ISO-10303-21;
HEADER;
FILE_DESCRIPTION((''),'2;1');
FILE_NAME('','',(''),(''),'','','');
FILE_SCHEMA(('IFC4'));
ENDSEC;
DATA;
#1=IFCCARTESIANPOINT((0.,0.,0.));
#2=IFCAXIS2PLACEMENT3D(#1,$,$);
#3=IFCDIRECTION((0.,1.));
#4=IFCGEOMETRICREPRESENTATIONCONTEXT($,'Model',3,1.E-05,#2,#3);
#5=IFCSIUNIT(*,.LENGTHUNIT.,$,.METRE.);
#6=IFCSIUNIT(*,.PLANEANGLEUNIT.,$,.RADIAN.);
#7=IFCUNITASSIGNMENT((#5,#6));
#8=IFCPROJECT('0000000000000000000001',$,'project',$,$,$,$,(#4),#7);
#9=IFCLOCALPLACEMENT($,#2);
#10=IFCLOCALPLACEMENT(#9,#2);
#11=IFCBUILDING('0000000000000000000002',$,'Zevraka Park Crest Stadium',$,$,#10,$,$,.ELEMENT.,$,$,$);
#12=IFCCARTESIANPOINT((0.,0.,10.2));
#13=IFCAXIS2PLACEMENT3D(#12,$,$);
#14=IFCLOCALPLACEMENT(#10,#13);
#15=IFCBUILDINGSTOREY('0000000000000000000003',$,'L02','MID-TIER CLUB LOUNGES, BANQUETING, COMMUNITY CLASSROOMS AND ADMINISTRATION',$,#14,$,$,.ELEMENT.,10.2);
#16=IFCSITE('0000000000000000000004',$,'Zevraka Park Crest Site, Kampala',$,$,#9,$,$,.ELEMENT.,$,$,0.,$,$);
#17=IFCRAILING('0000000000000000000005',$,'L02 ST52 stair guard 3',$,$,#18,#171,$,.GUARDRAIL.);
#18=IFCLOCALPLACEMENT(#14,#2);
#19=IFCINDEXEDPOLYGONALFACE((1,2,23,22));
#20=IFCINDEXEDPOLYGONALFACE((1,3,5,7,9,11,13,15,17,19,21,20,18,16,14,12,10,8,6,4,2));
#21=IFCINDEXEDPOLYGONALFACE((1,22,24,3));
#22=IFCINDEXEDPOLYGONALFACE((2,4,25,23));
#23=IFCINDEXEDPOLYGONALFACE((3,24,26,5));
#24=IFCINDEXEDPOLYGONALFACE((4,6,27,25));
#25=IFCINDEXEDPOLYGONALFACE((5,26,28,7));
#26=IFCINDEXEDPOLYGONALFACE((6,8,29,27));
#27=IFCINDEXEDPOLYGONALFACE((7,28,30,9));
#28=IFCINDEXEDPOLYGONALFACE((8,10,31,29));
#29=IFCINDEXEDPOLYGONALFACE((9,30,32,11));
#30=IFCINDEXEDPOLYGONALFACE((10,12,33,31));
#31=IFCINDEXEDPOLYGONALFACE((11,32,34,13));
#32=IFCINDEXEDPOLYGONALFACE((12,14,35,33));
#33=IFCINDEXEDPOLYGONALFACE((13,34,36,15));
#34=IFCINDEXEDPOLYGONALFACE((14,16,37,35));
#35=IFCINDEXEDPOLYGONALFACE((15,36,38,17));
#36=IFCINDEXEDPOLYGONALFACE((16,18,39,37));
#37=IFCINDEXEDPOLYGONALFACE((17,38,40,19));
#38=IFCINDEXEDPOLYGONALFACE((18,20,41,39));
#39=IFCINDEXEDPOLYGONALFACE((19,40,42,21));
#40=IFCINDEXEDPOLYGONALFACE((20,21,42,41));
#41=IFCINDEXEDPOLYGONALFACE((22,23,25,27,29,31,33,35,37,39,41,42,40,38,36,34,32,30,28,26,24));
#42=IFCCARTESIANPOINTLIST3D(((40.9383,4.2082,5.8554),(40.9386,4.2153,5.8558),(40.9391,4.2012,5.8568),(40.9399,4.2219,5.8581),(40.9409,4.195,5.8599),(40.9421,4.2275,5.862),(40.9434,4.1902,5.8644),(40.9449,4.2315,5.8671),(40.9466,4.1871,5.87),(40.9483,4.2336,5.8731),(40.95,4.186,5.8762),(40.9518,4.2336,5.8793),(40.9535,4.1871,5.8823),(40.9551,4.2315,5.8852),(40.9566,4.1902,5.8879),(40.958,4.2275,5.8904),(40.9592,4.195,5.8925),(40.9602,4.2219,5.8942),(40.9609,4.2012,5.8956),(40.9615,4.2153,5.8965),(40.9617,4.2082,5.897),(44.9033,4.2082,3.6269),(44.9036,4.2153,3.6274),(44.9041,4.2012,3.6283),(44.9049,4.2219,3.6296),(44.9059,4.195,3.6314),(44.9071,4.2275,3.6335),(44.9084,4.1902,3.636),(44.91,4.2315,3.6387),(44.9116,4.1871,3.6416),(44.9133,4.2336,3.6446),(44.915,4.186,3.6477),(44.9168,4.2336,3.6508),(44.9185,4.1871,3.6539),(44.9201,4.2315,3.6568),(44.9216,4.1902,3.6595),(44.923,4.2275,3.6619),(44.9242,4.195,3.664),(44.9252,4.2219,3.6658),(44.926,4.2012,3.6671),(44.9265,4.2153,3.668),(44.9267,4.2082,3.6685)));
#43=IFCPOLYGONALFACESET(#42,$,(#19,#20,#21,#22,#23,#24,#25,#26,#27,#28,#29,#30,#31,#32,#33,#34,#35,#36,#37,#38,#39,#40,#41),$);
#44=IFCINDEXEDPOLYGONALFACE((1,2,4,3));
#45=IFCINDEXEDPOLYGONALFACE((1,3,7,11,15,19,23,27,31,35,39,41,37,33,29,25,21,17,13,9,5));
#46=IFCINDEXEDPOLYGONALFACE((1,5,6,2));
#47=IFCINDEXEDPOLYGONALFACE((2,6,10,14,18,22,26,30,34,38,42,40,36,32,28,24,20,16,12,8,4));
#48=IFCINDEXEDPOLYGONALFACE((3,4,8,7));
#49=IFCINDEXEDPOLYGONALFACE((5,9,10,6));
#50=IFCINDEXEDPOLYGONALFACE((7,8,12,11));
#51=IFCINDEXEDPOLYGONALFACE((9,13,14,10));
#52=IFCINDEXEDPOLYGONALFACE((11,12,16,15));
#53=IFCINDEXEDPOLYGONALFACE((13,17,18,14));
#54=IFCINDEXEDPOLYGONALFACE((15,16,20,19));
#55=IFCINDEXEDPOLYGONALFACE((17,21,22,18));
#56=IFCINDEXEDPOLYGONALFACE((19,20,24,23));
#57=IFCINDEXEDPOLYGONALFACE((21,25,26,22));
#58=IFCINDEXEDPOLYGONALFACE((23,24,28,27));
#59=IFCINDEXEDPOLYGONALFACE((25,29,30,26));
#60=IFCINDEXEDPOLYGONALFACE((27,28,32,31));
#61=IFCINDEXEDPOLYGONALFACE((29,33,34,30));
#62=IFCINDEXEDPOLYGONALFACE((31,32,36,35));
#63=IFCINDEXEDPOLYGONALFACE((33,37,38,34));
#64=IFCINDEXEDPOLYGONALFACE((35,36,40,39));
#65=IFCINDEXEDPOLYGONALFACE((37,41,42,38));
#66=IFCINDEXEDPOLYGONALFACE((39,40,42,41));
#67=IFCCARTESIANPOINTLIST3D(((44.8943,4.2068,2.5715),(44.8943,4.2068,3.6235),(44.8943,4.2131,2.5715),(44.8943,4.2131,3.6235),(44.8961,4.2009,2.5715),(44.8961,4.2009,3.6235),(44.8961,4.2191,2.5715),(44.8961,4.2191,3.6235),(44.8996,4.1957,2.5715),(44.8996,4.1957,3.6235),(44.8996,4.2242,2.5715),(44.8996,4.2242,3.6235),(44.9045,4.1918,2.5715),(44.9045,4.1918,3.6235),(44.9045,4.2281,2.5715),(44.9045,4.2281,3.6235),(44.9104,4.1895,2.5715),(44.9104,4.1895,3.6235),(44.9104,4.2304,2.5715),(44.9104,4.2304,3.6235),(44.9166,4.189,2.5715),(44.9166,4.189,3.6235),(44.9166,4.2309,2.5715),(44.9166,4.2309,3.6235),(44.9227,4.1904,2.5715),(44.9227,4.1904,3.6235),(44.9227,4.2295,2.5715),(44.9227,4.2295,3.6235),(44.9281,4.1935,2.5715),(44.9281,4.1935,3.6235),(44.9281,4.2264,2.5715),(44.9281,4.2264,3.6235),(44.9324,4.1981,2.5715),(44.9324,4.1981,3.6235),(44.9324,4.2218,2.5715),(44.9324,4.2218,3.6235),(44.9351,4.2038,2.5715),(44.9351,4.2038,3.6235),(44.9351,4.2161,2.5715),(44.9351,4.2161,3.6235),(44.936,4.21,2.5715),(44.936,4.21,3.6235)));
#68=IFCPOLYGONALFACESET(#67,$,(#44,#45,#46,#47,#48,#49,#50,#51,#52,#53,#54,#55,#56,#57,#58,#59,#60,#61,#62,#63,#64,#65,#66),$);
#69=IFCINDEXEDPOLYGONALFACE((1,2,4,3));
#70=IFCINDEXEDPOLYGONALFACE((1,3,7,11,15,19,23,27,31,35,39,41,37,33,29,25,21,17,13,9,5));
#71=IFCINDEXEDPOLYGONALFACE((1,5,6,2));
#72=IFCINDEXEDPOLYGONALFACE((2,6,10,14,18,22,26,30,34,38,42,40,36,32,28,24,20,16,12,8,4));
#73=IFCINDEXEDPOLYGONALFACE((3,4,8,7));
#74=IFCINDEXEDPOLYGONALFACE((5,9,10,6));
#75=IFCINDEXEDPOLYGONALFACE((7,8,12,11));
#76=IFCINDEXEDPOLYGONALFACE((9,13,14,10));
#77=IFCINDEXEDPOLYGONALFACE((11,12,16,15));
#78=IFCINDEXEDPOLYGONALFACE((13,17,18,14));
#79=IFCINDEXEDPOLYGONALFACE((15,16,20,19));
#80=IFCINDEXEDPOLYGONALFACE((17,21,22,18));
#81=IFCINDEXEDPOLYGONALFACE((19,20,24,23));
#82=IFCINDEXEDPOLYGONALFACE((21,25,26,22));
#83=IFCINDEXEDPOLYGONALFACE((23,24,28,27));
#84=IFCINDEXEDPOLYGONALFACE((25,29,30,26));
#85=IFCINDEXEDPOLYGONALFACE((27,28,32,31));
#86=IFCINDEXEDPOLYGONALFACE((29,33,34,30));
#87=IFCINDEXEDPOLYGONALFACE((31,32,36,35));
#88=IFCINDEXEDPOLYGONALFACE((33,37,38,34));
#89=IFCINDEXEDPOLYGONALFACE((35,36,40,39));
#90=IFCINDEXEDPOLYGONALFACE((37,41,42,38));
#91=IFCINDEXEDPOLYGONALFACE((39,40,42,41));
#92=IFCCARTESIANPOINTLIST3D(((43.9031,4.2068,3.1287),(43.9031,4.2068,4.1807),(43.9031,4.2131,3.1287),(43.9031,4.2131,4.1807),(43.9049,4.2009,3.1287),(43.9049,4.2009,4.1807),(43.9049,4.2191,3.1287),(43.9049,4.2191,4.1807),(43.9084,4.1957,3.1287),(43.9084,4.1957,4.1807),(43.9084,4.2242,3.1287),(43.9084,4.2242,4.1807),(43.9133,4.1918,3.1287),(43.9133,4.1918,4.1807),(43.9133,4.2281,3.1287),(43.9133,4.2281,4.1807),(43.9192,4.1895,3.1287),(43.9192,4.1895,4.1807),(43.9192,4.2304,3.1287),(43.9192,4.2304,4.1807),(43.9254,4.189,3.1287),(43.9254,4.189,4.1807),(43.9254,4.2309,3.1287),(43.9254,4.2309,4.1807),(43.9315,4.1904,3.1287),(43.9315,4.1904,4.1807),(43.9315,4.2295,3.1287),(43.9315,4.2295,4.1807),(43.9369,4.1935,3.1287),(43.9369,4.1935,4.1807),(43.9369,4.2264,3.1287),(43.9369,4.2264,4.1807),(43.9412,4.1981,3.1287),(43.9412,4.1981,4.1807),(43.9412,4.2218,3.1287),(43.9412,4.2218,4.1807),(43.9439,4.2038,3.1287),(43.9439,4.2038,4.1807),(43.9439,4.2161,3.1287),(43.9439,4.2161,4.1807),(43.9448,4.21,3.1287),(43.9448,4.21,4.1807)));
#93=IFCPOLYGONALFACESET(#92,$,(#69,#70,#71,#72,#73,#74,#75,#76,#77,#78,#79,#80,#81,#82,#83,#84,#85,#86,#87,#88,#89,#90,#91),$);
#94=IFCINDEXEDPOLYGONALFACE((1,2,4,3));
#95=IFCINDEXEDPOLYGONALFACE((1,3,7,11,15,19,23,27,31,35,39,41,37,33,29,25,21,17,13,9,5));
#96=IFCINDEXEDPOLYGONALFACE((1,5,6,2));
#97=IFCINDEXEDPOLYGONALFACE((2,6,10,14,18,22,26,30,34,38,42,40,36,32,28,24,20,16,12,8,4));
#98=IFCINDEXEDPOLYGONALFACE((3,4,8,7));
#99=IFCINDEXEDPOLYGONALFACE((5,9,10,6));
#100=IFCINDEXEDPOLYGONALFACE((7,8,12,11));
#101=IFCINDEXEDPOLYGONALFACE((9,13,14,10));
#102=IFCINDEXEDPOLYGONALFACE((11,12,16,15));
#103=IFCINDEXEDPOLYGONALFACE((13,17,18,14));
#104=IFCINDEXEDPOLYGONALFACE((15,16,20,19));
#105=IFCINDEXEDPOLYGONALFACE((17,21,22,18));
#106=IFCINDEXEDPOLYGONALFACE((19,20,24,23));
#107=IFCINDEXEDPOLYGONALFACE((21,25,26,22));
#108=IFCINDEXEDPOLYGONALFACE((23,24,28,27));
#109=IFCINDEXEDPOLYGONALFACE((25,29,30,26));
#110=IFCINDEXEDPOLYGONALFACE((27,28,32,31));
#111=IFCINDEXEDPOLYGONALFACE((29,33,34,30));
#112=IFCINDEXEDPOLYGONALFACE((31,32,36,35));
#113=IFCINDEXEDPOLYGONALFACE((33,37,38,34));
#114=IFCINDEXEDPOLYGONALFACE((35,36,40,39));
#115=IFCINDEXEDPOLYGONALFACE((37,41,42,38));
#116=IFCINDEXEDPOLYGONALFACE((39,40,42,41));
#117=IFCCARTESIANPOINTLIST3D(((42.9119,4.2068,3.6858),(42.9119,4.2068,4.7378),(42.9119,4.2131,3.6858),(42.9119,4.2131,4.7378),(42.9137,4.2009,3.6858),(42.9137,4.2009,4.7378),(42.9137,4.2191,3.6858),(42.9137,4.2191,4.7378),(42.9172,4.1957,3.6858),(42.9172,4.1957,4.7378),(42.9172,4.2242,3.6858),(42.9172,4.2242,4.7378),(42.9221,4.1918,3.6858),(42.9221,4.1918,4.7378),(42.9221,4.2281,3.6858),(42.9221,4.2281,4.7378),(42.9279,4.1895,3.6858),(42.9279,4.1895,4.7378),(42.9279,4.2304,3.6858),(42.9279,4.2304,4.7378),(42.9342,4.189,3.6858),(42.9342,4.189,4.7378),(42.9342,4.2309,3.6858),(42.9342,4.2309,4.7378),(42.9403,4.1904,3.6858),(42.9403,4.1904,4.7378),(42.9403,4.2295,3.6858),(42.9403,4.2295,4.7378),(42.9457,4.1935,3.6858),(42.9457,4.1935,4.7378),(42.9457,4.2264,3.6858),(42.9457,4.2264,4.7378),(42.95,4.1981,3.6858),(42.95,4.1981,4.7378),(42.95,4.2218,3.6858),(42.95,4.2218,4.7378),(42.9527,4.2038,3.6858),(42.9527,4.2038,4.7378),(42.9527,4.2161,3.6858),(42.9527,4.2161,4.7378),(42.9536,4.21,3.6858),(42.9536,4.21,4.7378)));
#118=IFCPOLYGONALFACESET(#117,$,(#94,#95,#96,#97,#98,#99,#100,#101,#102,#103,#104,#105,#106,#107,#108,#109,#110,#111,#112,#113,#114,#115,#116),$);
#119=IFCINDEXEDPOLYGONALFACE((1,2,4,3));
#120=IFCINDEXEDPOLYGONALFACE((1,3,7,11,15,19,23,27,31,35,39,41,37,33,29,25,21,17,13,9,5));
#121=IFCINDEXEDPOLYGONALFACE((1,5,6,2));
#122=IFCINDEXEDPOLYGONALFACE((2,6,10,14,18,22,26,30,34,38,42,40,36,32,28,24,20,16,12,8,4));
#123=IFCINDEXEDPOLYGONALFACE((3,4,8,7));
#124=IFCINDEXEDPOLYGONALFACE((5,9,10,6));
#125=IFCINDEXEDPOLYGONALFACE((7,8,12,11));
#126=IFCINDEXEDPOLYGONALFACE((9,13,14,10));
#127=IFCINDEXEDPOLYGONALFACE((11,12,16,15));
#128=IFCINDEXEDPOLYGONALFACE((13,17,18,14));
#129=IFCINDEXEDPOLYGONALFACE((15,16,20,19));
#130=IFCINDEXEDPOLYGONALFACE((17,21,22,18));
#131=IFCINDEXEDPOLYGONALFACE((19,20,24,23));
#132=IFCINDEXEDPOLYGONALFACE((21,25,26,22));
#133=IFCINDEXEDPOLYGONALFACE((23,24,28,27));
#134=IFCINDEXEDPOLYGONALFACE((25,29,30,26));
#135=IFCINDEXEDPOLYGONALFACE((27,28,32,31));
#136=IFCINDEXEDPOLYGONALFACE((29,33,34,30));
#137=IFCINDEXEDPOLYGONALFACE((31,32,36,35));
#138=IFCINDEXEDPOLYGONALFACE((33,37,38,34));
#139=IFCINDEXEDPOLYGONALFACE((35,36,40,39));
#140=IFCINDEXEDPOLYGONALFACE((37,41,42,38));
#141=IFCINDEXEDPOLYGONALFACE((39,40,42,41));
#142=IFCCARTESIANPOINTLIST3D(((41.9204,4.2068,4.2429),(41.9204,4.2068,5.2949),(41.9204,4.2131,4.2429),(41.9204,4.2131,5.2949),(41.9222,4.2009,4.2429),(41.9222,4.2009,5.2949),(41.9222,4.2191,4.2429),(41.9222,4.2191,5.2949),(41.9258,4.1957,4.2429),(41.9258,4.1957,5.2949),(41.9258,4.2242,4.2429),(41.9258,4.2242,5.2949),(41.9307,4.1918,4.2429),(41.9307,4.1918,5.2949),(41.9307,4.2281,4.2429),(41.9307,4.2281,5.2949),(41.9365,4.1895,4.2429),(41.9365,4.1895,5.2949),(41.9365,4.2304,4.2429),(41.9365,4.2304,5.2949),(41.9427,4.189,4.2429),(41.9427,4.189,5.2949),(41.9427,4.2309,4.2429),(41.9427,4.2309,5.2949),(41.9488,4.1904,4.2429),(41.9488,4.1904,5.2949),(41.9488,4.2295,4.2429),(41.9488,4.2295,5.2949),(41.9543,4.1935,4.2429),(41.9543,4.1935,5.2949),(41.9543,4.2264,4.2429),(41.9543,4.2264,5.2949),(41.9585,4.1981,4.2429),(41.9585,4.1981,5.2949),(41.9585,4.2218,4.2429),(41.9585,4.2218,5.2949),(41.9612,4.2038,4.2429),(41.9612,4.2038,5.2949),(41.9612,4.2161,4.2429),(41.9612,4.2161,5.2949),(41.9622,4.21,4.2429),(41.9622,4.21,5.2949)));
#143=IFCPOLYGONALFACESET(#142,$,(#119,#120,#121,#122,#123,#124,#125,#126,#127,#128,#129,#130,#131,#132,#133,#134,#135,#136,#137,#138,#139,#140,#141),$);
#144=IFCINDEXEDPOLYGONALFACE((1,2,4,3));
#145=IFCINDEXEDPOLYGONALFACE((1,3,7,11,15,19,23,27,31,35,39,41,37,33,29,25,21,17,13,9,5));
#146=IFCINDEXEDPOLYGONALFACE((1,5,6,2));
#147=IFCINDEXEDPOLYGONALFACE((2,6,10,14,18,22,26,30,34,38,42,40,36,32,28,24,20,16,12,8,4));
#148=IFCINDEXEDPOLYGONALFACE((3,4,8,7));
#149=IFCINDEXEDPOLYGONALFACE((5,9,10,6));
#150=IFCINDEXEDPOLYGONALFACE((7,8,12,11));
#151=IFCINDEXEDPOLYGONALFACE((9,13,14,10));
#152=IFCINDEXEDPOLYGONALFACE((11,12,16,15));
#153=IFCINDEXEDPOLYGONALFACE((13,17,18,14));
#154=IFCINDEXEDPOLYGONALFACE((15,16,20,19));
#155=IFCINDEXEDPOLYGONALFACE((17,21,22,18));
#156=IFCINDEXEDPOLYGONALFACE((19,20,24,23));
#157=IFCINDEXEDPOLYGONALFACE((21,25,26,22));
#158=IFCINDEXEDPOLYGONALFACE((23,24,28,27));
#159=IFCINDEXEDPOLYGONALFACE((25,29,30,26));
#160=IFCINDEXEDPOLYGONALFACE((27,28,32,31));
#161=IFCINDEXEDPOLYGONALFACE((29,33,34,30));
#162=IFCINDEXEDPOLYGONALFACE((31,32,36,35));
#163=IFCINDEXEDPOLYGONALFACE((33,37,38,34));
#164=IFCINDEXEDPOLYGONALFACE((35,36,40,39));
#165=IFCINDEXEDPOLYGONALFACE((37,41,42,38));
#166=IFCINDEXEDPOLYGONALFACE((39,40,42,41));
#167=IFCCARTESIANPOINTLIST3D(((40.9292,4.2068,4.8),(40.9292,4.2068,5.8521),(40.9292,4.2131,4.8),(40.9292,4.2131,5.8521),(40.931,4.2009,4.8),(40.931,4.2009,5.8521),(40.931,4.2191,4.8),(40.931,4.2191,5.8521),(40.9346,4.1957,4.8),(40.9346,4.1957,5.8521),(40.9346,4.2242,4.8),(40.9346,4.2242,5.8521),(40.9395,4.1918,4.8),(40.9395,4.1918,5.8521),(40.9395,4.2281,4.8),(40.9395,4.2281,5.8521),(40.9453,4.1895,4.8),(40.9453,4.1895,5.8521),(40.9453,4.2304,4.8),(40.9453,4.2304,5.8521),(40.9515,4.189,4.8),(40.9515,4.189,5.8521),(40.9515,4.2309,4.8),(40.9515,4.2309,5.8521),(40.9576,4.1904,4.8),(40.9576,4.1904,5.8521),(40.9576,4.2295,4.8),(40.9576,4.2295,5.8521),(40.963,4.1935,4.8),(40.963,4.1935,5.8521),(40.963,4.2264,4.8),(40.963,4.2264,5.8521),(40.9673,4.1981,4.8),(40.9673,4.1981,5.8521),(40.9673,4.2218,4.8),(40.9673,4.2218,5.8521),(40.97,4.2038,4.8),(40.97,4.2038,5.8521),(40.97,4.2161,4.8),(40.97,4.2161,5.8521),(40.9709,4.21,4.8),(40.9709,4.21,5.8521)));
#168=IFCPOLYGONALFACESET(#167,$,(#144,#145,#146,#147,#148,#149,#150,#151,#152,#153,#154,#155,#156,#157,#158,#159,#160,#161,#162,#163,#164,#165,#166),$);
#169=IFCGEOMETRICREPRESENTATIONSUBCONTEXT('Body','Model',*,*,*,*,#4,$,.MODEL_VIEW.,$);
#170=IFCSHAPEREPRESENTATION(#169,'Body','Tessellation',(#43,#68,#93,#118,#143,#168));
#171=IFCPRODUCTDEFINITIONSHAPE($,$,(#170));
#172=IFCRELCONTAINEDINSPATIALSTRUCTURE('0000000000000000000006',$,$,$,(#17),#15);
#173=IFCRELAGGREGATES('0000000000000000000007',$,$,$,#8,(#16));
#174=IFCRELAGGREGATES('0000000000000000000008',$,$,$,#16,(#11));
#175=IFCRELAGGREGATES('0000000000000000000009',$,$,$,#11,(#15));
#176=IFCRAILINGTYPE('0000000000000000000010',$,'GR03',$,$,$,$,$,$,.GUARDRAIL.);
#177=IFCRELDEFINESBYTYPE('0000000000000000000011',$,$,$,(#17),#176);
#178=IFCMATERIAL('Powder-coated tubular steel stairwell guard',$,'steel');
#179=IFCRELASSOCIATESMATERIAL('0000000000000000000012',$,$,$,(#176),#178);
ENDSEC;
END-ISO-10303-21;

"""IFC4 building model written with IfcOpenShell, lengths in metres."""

from ifc_helpers import new_model, si_unit, direction, frame, origin, origin_2d, place, context, subcontext, project, spatial, circle, extrude, material, type_object, element, save


model = new_model("IFC4")

# Units and contexts
model_context = context("Model", 3, precision=1e-05, world=origin(), true_north=direction((0.0, 1.0)))
body_context = subcontext(model_context, "Body", "Model", "MODEL_VIEW")
ifc_project = project(units=[si_unit("LENGTHUNIT", "METRE"), si_unit("PLANEANGLEUNIT", "RADIAN")], contexts=[model_context])

# Site, building, storey
site_placement = place(None, origin())
site = spatial("IfcSite", under=ifc_project, at=site_placement, Name="Zevraka Park Crest Site, Kampala", CompositionType="ELEMENT", RefElevation=0.0)
building_placement = place(site_placement, origin())
building = spatial("IfcBuilding", under=site, at=building_placement, Name="Zevraka Park Crest Stadium", CompositionType="ELEMENT")
storey_placement = place(building_placement, frame((0.0, 0.0, 10.2)))
storey = spatial("IfcBuildingStorey", under=building, at=storey_placement, Name="L02", Description="MID-TIER CLUB LOUNGES, BANQUETING, COMMUNITY CLASSROOMS AND ADMINISTRATION", CompositionType="ELEMENT", Elevation=10.2)

# Railing
ifc_material_1 = material(Name="Powder-coated tubular steel stairwell guard", Category="steel")
railing_type_1 = type_object("IfcRailingType", Name="GR03", PredefinedType="GUARDRAIL", material=ifc_material_1)
railing_1_placement = place(storey_placement, frame((44.915, 4.21, 2.5715)))
element("IfcRailing", 1, at=railing_1_placement, inside=storey, type_object=railing_type_1, Name="L02 ST52 stair guard 3", PredefinedType="GUARDRAIL", context=body_context, shape_type="SweptSolid", body=[
    extrude(circle(Radius=0.0239, at=origin_2d()), frame((0.0, 0.0, 1.0762), z_axis=(-0.871749, 0.0, 0.489953), x_axis=(0.0, -1.0, 0.0)), (0.0, 0.0, 1.0), 4.5483),
    extrude(circle(Radius=0.021, at=origin_2d()), origin(), (0.0, 0.0, 1.0), 1.052),
    extrude(circle(Radius=0.021, at=origin_2d()), frame((-0.9912, 0.0, 0.5571)), (0.0, 0.0, 1.0), 1.052),
    extrude(circle(Radius=0.021, at=origin_2d()), frame((-1.9824, 0.0, 1.1143)), (0.0, 0.0, 1.0), 1.052),
    extrude(circle(Radius=0.021, at=origin_2d()), frame((-2.9739, 0.0, 1.6714)), (0.0, 0.0, 1.0), 1.052),
    extrude(circle(Radius=0.021, at=origin_2d()), frame((-3.9651, 0.0, 2.2285)), (0.0, 0.0, 1.0), 1.052),
])

save(model, "model.ifc")
